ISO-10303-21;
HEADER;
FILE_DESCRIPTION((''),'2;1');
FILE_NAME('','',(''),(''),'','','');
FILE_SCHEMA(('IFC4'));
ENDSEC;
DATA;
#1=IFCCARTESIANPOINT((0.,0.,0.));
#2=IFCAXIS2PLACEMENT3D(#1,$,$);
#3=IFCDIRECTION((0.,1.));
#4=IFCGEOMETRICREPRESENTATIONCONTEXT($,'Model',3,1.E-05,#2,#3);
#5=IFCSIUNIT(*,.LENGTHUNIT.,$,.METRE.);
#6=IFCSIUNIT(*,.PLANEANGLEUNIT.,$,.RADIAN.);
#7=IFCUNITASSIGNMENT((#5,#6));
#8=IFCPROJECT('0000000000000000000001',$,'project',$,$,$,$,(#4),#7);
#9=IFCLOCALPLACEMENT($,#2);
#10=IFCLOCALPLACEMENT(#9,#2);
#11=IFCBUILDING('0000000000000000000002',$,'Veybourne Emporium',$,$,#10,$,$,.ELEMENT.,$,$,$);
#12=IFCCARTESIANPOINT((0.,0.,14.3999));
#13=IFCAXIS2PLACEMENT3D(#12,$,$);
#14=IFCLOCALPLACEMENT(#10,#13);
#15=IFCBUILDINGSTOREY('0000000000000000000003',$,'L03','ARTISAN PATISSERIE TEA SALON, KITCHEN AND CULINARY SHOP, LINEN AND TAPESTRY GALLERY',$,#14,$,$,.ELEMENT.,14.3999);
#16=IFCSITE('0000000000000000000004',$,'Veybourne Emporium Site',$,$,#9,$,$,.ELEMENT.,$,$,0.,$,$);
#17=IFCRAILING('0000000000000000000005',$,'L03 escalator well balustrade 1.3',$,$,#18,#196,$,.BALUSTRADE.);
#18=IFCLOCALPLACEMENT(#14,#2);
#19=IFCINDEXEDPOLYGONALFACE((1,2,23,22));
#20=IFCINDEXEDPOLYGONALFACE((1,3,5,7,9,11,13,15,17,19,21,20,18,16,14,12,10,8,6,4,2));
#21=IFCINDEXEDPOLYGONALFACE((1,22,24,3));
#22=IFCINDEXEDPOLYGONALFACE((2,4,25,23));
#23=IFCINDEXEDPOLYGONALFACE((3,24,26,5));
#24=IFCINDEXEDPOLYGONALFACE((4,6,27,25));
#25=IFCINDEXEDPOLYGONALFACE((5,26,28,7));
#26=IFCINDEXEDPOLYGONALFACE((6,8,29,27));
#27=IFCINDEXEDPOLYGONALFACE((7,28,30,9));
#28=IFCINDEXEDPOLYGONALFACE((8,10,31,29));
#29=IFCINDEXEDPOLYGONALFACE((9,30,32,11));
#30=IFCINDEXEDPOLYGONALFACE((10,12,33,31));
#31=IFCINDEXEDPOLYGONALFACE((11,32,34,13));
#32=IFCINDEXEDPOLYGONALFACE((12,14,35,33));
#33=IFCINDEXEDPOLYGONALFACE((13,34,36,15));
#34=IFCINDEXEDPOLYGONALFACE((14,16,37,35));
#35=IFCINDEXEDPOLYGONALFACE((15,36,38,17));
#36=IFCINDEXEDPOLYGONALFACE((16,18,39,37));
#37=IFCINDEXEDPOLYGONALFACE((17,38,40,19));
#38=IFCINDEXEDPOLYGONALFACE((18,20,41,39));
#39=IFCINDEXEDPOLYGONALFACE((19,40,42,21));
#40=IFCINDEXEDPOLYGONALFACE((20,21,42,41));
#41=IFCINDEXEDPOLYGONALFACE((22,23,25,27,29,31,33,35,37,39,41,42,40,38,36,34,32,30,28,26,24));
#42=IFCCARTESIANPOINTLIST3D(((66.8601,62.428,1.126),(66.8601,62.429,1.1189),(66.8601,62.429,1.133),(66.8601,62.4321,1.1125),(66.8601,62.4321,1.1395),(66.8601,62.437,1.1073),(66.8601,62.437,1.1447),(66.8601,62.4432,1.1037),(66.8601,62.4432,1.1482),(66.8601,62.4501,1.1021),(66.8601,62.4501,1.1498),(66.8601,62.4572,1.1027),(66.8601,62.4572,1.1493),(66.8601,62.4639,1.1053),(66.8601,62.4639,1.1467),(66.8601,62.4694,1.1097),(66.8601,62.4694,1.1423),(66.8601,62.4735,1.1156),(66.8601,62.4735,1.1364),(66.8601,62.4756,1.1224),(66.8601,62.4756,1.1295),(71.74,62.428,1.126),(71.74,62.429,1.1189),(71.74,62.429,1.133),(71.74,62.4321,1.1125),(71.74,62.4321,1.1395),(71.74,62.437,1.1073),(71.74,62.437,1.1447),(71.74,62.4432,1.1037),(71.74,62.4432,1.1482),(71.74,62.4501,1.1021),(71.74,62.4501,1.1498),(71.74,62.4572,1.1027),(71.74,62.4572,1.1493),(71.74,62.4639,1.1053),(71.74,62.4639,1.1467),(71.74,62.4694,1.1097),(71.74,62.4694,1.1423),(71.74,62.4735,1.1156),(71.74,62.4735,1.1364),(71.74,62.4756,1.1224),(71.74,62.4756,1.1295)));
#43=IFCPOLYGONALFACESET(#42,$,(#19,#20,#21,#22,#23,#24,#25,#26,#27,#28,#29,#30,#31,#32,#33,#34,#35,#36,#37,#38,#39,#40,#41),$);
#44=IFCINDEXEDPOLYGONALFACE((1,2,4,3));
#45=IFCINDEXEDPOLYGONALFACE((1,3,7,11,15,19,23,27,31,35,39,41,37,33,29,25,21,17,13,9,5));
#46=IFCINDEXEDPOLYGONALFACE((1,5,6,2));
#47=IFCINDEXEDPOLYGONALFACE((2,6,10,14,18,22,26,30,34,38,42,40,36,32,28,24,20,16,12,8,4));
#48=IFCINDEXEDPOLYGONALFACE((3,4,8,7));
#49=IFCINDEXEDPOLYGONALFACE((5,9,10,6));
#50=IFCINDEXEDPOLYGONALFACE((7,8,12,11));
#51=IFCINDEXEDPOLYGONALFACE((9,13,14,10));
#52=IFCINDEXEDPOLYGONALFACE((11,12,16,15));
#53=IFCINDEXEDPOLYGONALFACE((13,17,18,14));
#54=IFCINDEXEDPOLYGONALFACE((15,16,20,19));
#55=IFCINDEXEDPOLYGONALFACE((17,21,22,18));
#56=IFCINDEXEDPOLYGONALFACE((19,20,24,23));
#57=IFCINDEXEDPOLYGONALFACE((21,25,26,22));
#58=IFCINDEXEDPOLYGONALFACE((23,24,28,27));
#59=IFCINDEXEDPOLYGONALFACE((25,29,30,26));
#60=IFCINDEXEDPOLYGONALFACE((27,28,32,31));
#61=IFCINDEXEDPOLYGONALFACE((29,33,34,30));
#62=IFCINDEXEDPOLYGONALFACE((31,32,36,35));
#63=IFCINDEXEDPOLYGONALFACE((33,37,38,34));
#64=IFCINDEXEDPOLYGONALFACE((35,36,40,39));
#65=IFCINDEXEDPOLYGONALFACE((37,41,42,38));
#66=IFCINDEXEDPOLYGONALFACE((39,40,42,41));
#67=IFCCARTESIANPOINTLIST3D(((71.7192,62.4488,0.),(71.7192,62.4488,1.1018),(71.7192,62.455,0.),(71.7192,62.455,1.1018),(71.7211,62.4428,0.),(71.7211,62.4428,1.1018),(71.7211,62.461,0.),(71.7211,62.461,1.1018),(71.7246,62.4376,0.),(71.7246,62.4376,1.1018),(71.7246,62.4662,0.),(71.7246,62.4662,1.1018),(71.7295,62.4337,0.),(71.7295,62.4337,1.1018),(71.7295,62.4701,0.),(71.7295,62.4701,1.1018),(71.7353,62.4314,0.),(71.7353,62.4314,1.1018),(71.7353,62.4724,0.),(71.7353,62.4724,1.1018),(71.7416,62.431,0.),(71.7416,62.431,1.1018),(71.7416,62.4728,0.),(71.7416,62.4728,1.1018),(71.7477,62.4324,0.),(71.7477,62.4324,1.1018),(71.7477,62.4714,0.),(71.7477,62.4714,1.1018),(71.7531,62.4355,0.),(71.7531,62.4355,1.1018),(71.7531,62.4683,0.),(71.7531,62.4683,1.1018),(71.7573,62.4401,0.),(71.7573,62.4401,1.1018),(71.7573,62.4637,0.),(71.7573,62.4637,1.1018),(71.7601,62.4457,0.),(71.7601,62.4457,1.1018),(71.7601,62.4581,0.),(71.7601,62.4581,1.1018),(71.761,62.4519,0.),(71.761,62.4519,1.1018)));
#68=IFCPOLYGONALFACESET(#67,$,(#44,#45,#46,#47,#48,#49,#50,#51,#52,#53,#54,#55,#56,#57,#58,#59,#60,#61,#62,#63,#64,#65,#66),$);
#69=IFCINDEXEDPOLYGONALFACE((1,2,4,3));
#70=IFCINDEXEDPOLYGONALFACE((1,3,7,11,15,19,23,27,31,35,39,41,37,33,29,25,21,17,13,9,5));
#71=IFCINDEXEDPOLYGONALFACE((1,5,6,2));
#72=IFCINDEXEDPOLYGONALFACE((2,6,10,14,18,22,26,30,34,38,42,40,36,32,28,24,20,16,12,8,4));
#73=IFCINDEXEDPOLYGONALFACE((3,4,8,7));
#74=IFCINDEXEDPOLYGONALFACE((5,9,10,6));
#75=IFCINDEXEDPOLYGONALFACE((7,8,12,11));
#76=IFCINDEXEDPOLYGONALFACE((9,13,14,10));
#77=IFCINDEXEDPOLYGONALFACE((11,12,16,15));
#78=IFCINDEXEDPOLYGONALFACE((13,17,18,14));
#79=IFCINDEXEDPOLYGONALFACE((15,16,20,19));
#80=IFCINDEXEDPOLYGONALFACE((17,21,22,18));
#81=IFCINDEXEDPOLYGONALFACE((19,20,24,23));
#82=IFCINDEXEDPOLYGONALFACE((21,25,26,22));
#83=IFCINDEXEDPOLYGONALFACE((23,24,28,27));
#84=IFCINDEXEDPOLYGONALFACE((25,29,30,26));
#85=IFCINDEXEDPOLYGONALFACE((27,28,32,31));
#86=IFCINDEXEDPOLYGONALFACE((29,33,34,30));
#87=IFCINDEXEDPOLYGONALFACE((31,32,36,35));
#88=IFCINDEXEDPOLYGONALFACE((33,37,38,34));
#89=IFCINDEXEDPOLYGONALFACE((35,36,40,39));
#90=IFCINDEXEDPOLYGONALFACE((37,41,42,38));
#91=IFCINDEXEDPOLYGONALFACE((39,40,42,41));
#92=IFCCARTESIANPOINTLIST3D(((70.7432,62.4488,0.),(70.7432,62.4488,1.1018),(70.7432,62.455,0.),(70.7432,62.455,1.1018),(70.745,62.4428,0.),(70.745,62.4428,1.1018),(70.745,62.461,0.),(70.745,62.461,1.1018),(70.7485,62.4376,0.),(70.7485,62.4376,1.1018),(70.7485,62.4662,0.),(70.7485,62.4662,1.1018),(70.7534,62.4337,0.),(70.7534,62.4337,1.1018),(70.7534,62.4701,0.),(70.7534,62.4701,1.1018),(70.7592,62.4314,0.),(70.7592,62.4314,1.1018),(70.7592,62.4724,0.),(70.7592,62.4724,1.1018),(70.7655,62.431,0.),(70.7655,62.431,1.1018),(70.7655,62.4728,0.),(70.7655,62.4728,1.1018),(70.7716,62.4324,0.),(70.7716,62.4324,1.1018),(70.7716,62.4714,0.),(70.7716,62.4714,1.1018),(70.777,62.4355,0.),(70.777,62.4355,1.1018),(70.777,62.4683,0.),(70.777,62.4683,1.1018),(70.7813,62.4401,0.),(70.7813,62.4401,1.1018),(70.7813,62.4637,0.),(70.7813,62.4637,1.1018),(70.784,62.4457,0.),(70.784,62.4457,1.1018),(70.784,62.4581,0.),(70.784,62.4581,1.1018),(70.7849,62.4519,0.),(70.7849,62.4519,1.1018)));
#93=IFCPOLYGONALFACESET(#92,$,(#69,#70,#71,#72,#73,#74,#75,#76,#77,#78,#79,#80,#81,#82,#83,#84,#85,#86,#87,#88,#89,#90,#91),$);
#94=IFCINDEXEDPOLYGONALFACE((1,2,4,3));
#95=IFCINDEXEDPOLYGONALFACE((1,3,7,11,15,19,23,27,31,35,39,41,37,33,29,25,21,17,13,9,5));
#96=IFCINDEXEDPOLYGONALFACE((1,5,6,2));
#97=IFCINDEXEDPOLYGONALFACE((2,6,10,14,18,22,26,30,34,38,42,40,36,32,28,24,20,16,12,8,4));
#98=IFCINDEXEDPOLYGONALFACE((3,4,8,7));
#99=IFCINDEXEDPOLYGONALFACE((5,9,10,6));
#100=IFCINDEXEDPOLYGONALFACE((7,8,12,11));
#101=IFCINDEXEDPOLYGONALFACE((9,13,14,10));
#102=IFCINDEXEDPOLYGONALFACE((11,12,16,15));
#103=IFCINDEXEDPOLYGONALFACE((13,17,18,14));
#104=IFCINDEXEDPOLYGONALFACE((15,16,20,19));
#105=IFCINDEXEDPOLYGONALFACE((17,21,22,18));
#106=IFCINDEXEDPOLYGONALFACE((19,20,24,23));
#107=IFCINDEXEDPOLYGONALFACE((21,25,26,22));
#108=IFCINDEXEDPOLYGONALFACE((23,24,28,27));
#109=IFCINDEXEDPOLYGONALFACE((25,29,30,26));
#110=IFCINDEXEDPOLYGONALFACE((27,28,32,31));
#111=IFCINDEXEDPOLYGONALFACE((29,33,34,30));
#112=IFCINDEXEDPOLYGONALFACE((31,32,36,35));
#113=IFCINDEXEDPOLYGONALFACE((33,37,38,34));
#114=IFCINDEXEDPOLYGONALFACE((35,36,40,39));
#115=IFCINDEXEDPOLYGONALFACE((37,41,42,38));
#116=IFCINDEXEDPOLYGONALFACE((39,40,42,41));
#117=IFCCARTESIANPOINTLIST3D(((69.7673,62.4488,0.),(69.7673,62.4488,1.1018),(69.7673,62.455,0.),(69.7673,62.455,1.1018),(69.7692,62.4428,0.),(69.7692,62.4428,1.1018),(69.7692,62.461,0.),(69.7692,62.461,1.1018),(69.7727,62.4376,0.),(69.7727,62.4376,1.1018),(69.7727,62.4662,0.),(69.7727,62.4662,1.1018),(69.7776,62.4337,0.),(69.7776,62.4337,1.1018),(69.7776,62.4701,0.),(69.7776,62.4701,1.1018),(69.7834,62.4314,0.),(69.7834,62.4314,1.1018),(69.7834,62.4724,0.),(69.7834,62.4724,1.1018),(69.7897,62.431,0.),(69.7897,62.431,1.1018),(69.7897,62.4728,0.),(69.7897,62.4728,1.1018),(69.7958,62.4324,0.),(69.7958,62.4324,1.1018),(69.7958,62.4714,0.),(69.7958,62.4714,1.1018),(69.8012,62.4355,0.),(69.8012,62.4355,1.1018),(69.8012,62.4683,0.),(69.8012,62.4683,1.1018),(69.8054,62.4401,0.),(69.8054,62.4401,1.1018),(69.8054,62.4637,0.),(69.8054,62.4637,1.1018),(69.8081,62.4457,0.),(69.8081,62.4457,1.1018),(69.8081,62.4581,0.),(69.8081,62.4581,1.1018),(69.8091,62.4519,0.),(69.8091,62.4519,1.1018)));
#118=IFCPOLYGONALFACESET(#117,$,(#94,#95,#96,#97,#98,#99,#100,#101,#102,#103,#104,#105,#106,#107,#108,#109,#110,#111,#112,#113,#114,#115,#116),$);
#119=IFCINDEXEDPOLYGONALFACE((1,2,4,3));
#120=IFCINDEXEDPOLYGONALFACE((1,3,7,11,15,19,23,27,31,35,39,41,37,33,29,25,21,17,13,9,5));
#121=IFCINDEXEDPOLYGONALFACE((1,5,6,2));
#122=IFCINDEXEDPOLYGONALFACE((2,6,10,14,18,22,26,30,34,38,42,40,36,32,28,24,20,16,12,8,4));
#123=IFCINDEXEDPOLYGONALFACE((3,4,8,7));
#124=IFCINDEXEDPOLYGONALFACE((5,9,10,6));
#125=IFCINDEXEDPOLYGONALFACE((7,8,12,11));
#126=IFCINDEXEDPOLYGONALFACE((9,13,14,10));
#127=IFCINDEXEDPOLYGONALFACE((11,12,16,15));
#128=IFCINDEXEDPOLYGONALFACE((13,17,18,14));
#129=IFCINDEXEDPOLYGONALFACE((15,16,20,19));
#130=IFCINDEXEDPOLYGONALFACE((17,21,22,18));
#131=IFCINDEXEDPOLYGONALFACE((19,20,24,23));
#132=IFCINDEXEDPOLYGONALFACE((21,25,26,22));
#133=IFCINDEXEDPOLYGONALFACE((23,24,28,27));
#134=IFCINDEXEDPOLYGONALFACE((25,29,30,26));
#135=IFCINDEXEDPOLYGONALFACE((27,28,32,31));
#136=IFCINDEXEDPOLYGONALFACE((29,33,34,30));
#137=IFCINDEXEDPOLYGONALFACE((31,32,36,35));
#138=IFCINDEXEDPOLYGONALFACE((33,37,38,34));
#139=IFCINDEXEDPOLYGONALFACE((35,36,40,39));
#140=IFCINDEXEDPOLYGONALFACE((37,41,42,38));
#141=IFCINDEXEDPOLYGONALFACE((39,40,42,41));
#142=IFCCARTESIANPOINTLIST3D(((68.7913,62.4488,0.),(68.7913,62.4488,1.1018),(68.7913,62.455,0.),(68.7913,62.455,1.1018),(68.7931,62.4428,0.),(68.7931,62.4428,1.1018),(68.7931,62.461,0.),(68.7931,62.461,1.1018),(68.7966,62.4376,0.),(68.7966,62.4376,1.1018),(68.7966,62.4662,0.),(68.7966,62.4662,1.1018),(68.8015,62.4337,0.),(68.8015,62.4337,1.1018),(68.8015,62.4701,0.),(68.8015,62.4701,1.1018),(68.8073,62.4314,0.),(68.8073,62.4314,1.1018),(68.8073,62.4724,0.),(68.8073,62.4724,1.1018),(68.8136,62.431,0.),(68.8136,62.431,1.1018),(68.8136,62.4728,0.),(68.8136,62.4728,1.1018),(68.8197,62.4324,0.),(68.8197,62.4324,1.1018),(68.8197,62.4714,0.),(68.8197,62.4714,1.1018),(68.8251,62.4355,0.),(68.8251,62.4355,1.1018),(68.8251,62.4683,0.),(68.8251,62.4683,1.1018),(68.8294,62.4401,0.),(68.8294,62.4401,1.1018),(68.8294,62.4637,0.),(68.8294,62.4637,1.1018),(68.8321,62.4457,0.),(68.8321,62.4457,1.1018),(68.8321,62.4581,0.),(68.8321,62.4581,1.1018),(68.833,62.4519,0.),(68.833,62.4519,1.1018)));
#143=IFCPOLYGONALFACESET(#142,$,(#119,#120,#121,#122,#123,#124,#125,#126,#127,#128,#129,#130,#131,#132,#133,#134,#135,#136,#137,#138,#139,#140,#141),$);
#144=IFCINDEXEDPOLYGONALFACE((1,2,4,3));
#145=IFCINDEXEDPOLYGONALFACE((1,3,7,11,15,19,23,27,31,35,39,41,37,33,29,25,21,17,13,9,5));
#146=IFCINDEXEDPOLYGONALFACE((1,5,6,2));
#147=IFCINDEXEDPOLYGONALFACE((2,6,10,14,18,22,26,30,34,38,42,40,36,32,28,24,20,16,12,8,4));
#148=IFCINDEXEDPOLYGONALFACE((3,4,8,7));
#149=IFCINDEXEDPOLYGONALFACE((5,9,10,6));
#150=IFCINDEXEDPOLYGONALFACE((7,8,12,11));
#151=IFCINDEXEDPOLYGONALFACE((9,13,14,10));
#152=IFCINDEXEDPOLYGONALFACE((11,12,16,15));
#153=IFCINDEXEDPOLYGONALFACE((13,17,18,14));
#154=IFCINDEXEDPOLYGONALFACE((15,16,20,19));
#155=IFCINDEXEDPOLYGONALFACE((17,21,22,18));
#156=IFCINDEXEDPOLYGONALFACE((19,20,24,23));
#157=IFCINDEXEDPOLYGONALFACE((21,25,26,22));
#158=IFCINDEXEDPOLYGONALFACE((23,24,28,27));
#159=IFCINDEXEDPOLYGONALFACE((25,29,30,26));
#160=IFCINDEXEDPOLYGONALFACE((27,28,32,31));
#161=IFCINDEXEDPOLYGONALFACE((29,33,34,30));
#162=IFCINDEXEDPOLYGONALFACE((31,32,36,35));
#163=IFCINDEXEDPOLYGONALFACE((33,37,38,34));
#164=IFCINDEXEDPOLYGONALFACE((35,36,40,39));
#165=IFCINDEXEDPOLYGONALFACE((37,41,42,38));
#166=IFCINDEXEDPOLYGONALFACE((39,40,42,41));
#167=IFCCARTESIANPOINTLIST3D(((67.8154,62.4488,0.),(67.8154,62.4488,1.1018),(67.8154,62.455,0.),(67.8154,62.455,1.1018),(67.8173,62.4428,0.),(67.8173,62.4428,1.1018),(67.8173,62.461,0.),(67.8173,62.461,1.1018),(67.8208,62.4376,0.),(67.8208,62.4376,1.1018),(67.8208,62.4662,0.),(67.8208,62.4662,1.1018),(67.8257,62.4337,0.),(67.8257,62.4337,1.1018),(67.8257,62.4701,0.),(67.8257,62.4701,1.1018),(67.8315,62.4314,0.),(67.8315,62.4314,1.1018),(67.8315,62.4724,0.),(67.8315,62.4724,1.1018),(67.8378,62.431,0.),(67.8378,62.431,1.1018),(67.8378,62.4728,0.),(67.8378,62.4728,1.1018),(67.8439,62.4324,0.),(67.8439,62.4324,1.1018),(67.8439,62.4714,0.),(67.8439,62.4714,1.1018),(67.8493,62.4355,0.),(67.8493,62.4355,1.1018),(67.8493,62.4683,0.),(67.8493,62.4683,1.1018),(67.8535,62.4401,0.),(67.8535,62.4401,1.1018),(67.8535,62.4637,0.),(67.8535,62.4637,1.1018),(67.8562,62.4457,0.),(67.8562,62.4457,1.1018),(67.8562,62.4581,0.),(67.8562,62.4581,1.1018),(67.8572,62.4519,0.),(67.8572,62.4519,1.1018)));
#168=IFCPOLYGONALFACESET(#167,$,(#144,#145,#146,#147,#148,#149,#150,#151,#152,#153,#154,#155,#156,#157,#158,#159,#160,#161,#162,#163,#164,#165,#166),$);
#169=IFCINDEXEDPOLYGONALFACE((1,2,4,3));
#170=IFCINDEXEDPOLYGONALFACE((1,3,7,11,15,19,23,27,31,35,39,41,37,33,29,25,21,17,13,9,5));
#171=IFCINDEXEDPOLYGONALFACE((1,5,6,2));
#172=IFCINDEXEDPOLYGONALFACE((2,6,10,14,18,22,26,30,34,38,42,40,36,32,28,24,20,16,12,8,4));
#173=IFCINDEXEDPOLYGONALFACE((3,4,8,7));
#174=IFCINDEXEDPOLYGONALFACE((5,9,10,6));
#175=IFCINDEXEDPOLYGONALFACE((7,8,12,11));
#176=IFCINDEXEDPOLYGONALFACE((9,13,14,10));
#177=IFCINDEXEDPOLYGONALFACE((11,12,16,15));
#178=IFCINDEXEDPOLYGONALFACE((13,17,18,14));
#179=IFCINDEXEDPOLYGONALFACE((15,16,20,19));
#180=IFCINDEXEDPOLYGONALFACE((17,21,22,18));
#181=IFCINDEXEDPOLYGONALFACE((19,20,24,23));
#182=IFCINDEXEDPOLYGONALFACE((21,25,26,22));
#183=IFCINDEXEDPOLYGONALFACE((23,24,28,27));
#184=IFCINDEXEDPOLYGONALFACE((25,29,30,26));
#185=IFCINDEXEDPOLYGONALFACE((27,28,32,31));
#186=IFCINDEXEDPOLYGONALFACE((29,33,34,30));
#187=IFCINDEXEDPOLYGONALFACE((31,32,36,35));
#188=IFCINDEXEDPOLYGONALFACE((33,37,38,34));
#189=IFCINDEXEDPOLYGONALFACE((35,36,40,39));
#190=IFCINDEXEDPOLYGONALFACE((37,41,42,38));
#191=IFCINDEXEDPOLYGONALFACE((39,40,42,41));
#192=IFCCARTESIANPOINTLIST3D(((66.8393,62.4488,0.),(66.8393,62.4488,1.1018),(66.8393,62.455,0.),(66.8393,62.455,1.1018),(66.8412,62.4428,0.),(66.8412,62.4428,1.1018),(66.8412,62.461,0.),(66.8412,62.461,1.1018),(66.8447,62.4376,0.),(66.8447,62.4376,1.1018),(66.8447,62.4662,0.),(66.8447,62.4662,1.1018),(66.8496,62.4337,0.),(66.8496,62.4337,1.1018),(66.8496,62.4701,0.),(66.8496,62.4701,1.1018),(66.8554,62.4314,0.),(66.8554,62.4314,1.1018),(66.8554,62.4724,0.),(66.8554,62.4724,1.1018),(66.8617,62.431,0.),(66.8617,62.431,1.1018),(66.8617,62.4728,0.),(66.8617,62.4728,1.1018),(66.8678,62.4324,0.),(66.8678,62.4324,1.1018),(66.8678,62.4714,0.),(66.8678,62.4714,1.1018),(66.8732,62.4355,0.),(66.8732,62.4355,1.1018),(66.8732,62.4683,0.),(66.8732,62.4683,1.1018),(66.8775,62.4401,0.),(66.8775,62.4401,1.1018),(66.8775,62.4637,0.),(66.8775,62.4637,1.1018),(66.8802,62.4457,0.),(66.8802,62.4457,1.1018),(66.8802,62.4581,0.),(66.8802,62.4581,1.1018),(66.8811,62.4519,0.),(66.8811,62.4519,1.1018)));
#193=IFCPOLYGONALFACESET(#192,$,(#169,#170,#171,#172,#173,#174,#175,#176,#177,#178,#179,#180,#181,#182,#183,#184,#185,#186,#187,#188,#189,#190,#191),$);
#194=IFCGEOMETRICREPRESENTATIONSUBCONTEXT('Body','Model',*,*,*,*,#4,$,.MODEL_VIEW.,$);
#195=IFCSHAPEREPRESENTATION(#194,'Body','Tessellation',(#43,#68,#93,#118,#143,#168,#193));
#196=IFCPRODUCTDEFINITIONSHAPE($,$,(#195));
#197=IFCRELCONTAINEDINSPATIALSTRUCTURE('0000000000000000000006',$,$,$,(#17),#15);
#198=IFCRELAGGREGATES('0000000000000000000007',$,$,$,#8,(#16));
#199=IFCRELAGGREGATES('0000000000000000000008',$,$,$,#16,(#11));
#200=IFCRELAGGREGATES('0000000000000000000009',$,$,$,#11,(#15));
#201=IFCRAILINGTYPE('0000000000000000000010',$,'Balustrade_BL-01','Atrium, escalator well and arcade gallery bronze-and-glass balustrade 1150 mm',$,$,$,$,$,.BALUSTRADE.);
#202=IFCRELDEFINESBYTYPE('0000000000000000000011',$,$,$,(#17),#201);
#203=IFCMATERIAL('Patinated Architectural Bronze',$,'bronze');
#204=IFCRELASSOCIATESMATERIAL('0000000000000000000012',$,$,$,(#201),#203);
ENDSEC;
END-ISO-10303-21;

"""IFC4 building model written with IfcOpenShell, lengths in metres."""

from ifc_helpers import new_model, si_unit, direction, frame, origin, origin_2d, place, context, subcontext, project, spatial, circle, extrude, material, type_object, element, save


model = new_model("IFC4")

# Units and contexts
model_context = context("Model", 3, precision=1e-05, world=origin(), true_north=direction((0.0, 1.0)))
body_context = subcontext(model_context, "Body", "Model", "MODEL_VIEW")
ifc_project = project(units=[si_unit("LENGTHUNIT", "METRE"), si_unit("PLANEANGLEUNIT", "RADIAN")], contexts=[model_context])

# Site, building, storey
site_placement = place(None, origin())
site = spatial("IfcSite", under=ifc_project, at=site_placement, Name="Veybourne Emporium Site", CompositionType="ELEMENT", RefElevation=0.0)
building_placement = place(site_placement, origin())
building = spatial("IfcBuilding", under=site, at=building_placement, Name="Veybourne Emporium", CompositionType="ELEMENT")
storey_placement = place(building_placement, frame((0.0, 0.0, 14.3999)))
storey = spatial("IfcBuildingStorey", under=building, at=storey_placement, Name="L03", Description="ARTISAN PATISSERIE TEA SALON, KITCHEN AND CULINARY SHOP, LINEN AND TAPESTRY GALLERY", CompositionType="ELEMENT", Elevation=14.3999)

# Railing
ifc_material_1 = material(Name="Patinated Architectural Bronze", Category="bronze")
railing_type = type_object("IfcRailingType", Name="Balustrade_BL-01", Description="Atrium, escalator well and arcade gallery bronze-and-glass balustrade 1150 mm", PredefinedType="BALUSTRADE", material=ifc_material_1)
railing_1_placement = place(storey_placement, frame((71.74, 62.4519, 0.0)))
element("IfcRailing", 1, at=railing_1_placement, inside=storey, type_object=railing_type, Name="L03 escalator well balustrade 1.3", PredefinedType="BALUSTRADE", context=body_context, shape_type="SweptSolid", body=[
    extrude(circle(Radius=0.0239, at=origin_2d()), frame((0.0, 0.0, 1.126), z_axis=(-1.0, 0.0, 0.0), x_axis=(0.0, -1.0, 0.0)), (0.0, 0.0, 1.0), 4.8799),
    extrude(circle(Radius=0.021, at=origin_2d()), origin(), (0.0, 0.0, 1.0), 1.1018),
    extrude(circle(Radius=0.021, at=origin_2d()), frame((-0.9761, 0.0, 0.0)), (0.0, 0.0, 1.0), 1.1018),
    extrude(circle(Radius=0.021, at=origin_2d()), frame((-1.9519, 0.0, 0.0)), (0.0, 0.0, 1.0), 1.1018),
    extrude(circle(Radius=0.021, at=origin_2d()), frame((-2.928, 0.0, 0.0)), (0.0, 0.0, 1.0), 1.1018),
    extrude(circle(Radius=0.021, at=origin_2d()), frame((-3.9038, 0.0, 0.0)), (0.0, 0.0, 1.0), 1.1018),
    extrude(circle(Radius=0.021, at=origin_2d()), frame((-4.8799, 0.0, 0.0)), (0.0, 0.0, 1.0), 1.1018),
])

save(model, "model.ifc")
